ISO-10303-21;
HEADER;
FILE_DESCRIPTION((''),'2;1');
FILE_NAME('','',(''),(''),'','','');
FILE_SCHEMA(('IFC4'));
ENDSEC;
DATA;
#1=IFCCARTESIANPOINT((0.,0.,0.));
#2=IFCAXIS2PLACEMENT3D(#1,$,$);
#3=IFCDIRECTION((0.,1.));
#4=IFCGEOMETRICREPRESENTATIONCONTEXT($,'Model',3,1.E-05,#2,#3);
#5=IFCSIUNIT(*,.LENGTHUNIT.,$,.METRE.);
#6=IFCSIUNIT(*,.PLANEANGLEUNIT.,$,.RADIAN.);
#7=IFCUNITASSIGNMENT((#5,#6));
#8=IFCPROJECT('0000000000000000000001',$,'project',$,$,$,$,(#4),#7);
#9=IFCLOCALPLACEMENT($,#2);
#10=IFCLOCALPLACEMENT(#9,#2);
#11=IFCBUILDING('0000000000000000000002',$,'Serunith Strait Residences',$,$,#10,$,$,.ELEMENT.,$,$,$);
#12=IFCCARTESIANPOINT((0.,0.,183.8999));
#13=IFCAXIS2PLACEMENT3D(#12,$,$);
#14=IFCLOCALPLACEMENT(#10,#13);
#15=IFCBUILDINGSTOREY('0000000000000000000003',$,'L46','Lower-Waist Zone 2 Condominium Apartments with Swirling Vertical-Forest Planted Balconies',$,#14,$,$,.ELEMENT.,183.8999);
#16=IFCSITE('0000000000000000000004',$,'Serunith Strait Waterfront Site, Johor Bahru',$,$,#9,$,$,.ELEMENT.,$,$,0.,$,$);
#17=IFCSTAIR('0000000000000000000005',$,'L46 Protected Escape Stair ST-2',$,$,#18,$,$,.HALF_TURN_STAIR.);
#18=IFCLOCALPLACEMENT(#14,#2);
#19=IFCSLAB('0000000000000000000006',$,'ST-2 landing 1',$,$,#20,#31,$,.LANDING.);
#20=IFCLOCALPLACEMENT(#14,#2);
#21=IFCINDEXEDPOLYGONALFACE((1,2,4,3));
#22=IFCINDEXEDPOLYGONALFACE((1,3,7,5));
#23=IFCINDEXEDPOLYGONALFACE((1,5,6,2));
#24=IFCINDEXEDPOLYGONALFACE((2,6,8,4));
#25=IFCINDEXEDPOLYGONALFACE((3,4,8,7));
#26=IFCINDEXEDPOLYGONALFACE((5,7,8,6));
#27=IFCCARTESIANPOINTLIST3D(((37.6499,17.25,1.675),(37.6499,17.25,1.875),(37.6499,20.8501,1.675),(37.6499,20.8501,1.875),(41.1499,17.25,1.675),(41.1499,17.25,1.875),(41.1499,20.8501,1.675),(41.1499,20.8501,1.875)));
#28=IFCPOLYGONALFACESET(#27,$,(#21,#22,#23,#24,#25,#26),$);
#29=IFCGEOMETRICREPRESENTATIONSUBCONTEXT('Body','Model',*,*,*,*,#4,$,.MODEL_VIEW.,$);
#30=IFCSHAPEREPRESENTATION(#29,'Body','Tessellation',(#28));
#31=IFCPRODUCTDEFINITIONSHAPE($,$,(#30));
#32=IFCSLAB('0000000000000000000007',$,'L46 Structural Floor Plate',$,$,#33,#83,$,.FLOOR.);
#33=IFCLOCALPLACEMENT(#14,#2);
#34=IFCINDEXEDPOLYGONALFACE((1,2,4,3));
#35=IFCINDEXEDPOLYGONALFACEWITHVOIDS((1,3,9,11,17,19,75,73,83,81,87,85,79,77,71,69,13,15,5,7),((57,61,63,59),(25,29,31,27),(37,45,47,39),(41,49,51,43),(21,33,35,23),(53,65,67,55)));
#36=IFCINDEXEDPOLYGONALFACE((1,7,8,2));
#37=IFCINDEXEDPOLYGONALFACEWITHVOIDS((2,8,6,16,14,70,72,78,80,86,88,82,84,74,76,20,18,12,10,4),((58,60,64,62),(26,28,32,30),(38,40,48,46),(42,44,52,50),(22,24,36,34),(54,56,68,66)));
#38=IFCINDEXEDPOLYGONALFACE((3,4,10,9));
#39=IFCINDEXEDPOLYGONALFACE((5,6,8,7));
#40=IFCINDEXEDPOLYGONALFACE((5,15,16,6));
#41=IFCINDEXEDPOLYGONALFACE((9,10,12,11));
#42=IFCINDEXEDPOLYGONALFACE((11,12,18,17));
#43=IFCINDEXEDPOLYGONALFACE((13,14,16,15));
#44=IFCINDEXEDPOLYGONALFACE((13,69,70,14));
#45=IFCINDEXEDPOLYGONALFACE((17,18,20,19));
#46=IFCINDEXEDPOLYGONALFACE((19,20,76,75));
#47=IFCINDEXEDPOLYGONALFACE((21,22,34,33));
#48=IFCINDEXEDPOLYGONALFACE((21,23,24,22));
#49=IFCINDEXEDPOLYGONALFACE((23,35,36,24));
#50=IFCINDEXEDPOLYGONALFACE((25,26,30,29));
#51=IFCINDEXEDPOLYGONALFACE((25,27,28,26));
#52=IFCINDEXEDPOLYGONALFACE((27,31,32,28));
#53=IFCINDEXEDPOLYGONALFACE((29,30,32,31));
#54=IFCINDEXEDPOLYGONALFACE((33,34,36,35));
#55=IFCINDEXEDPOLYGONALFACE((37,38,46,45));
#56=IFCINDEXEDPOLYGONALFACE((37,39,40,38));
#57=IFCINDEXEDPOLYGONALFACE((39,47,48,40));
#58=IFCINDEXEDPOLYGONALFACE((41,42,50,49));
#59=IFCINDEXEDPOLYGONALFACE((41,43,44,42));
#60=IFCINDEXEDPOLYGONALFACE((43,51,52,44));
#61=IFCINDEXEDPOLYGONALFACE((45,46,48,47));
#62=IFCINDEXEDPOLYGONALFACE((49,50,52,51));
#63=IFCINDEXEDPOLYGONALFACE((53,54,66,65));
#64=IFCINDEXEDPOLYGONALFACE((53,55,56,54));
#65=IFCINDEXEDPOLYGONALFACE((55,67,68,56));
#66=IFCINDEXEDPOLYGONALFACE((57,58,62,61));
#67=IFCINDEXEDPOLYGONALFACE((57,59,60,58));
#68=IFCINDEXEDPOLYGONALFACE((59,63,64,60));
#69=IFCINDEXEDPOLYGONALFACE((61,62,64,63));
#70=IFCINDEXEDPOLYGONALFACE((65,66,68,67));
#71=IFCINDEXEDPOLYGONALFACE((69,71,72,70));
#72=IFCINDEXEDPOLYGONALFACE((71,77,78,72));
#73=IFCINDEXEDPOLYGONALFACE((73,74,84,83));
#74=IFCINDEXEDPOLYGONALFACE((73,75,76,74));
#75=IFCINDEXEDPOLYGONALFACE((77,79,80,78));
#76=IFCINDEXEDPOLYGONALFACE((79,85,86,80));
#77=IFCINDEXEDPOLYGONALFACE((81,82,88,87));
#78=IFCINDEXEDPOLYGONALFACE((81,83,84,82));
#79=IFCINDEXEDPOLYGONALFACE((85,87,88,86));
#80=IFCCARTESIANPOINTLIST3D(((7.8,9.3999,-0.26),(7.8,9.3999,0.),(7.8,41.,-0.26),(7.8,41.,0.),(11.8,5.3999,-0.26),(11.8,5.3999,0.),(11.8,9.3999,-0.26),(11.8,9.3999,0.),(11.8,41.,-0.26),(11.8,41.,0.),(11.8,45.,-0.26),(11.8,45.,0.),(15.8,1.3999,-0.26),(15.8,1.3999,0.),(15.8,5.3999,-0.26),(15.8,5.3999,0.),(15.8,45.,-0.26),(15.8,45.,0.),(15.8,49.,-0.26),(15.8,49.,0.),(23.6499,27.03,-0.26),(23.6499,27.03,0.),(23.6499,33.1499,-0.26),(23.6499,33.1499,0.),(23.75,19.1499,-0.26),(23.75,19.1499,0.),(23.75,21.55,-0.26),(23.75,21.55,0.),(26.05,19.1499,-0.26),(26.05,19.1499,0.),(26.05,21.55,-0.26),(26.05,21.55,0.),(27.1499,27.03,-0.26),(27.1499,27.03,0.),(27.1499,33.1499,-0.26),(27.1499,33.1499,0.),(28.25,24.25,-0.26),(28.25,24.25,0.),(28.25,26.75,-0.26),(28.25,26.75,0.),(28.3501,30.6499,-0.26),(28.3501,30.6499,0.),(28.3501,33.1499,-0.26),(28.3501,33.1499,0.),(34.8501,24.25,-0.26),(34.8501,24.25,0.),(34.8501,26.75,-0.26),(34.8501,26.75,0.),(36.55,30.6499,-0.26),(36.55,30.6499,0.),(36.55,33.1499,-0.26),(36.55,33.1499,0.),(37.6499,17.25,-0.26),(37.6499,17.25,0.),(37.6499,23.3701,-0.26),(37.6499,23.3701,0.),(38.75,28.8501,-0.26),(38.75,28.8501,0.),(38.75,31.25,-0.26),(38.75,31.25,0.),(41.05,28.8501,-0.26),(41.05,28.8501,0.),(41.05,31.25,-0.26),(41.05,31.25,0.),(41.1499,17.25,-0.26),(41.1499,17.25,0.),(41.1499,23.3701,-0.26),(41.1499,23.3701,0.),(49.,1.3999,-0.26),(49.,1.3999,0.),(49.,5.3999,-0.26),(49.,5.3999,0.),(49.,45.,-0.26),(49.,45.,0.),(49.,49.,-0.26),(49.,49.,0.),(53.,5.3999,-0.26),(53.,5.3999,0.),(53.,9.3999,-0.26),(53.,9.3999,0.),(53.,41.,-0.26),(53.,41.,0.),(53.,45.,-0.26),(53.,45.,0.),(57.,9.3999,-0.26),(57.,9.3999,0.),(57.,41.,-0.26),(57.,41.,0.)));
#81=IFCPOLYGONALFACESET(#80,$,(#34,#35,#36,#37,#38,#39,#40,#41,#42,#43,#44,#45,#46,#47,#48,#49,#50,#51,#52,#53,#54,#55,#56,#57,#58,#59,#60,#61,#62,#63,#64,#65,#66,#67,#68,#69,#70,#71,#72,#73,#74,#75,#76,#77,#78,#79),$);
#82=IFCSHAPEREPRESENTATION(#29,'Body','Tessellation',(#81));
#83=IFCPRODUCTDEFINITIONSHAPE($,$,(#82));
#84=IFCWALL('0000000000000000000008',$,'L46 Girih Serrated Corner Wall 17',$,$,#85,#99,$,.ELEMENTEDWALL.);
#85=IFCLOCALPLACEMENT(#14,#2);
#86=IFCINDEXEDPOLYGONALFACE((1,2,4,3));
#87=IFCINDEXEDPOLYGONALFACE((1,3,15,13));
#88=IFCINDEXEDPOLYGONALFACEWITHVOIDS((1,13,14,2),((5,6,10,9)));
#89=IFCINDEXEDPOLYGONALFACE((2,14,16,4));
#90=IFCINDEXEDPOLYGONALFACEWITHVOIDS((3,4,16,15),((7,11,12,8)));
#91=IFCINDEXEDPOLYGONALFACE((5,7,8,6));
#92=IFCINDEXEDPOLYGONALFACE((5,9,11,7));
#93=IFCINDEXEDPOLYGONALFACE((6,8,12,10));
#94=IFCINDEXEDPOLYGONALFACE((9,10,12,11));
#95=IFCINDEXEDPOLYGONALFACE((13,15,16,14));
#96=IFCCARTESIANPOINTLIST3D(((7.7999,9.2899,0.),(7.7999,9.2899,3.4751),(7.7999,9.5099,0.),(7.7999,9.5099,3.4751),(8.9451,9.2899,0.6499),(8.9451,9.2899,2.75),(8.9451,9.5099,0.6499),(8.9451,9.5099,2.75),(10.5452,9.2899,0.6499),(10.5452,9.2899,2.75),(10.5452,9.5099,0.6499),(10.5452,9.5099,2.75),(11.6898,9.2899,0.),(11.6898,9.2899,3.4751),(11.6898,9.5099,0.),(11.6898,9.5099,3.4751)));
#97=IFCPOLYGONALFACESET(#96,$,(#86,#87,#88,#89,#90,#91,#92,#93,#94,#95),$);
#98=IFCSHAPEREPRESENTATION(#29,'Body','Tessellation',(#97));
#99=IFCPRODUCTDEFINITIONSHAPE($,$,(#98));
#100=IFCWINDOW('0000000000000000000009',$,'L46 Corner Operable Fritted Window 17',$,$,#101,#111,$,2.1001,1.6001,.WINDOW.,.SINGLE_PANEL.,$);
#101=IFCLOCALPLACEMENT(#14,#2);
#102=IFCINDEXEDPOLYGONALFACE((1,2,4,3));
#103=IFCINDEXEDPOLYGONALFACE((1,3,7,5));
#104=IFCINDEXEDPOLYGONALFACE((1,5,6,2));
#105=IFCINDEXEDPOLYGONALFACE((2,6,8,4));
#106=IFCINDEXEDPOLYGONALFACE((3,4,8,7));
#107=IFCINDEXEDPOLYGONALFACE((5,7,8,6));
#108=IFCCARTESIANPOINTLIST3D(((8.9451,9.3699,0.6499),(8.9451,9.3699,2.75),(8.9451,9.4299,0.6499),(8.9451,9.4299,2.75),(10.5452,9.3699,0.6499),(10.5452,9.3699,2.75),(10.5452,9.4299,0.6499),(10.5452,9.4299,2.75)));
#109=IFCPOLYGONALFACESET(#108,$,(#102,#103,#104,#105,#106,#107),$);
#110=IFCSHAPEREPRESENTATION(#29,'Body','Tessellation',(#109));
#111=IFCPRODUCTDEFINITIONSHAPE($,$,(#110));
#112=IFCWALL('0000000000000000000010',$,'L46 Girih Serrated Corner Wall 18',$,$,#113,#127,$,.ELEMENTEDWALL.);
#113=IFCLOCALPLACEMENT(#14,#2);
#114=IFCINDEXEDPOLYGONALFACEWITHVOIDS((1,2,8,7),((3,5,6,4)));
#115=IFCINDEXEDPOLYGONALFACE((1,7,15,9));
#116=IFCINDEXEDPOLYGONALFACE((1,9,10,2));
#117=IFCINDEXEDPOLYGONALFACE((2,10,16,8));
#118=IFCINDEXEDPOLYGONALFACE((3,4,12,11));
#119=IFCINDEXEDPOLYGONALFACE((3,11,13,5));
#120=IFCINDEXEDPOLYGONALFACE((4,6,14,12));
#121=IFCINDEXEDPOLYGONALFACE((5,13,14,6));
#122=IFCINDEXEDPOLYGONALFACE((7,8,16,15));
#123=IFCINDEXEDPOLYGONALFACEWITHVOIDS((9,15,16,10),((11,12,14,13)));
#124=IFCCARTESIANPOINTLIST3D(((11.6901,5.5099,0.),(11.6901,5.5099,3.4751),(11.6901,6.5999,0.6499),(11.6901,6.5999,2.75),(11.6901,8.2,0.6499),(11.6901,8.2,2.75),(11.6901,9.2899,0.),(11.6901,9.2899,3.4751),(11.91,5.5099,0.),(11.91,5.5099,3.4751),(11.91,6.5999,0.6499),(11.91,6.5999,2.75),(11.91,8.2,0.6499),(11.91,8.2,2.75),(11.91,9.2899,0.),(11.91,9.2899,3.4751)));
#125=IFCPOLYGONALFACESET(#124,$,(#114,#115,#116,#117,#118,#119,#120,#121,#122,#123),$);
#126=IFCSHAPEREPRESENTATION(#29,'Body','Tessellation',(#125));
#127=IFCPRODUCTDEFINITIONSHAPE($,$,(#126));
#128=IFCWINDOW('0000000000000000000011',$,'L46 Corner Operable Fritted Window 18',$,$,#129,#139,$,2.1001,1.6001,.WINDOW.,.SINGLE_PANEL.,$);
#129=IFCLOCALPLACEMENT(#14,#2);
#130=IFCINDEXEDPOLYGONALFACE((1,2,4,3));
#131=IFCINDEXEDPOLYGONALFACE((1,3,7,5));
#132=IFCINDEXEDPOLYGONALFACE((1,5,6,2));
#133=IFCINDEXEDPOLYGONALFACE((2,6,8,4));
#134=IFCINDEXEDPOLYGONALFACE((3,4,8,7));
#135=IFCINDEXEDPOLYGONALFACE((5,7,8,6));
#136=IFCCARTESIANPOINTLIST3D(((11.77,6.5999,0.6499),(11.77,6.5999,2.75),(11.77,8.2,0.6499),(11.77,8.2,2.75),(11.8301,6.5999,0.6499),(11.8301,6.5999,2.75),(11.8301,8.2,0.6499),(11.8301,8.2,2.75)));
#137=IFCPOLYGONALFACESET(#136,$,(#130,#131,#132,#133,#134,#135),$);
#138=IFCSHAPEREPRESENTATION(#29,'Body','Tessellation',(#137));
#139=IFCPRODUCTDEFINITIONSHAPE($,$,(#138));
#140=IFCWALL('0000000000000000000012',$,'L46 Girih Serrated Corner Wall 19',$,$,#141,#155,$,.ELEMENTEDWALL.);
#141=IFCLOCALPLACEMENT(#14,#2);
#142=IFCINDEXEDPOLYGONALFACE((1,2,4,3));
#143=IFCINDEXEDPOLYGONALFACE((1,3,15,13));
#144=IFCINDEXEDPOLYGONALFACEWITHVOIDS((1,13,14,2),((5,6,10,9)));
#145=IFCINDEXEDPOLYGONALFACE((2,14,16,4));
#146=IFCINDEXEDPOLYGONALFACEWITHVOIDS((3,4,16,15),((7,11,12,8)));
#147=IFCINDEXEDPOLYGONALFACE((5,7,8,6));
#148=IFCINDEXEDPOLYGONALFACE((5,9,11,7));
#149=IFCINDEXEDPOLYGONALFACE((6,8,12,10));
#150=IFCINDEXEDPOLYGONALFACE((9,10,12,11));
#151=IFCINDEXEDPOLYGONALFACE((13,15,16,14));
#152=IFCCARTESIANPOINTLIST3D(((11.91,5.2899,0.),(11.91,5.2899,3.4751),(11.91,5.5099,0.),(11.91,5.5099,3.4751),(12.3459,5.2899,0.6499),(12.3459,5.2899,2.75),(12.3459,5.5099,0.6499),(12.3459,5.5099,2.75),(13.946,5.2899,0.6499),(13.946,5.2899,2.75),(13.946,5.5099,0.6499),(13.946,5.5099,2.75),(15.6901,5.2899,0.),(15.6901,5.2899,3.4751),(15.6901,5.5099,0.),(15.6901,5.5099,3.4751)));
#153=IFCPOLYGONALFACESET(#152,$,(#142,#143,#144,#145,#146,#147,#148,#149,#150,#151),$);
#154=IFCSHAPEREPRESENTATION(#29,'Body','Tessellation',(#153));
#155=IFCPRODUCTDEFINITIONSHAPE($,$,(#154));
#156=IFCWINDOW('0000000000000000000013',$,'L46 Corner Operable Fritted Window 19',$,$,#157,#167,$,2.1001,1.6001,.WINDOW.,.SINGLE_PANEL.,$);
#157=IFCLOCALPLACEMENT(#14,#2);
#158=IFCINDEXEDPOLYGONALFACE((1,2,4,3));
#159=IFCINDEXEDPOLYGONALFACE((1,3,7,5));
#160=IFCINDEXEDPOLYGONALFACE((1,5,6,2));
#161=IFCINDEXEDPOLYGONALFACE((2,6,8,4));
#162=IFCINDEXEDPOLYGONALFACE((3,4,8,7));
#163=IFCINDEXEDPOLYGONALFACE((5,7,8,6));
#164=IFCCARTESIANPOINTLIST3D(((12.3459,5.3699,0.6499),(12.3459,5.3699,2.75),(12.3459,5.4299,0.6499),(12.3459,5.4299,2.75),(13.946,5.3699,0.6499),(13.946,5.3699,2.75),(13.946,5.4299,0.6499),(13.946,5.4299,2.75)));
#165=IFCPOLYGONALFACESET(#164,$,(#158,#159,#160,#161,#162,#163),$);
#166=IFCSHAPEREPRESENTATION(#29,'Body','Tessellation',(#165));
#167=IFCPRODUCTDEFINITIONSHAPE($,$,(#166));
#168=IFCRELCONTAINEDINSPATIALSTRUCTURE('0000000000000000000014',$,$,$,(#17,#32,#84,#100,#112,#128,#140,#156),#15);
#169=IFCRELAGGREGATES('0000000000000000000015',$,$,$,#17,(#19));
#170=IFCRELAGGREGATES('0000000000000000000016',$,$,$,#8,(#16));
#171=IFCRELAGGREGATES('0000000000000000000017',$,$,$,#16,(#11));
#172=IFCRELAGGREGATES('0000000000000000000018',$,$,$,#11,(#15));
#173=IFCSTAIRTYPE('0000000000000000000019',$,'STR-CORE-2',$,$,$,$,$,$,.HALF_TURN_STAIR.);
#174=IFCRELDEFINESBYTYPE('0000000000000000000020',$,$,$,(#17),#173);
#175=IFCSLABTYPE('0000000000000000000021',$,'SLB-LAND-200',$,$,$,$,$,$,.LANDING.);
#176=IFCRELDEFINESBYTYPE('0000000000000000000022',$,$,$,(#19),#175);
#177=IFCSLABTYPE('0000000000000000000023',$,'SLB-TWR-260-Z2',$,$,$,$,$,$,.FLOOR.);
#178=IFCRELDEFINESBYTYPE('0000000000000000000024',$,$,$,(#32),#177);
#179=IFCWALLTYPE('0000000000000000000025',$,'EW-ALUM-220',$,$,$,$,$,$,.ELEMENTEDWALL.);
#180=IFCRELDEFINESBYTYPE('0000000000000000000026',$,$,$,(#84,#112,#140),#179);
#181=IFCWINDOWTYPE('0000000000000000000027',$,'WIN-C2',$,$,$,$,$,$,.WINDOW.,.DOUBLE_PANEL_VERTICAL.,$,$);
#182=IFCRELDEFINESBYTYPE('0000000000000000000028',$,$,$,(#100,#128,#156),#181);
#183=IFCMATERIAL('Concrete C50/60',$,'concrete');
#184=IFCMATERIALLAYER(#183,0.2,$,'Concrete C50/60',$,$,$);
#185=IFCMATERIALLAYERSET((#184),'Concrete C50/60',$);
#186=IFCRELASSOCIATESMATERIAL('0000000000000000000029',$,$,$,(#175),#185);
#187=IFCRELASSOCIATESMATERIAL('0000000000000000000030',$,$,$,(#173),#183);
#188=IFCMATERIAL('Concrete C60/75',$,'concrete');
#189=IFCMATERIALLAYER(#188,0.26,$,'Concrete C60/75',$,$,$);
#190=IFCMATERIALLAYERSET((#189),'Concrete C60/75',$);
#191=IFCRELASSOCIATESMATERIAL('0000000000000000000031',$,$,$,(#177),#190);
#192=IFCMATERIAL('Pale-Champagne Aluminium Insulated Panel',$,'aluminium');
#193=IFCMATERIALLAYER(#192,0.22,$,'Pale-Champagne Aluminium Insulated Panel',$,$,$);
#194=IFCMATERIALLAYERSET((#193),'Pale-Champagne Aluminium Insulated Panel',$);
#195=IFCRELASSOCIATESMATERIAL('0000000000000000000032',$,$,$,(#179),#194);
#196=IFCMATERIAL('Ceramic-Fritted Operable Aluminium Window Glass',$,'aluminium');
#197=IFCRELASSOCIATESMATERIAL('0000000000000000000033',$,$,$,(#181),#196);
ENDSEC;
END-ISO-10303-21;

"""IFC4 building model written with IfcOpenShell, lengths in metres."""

from ifc_helpers import new_model, si_unit, direction, frame, frame_2d, origin, place, context, subcontext, project, spatial, polyline, rectangle, outline, extrude, source, transform, mapped, material, layer, layer_set, type_object, element, fill, aggregate, save


model = new_model("IFC4")

# Units and contexts
model_context = context("Model", 3, precision=1e-05, world=origin(), true_north=direction((0.0, 1.0)))
body_context = subcontext(model_context, "Body", "Model", "MODEL_VIEW")
ifc_project = project(units=[si_unit("LENGTHUNIT", "METRE"), si_unit("PLANEANGLEUNIT", "RADIAN")], contexts=[model_context])

# Site, building, storey
site_placement = place(None, origin())
site = spatial("IfcSite", under=ifc_project, at=site_placement, Name="Serunith Strait Waterfront Site, Johor Bahru", CompositionType="ELEMENT", RefElevation=0.0)
building_placement = place(site_placement, origin())
building = spatial("IfcBuilding", under=site, at=building_placement, Name="Serunith Strait Residences", CompositionType="ELEMENT")
storey_placement = place(building_placement, frame((0.0, 0.0, 183.8999)))
storey = spatial("IfcBuildingStorey", under=building, at=storey_placement, Name="L46", Description="Lower-Waist Zone 2 Condominium Apartments with Swirling Vertical-Forest Planted Balconies", CompositionType="ELEMENT", Elevation=183.8999)

# Shared definitions
ifc_material_1 = material(Name="Concrete C50/60", Category="concrete")

# Stair, slab
ifc_layer_1 = layer(ifc_material_1, 0.2, Name="Concrete C50/60")
ifc_layer_set_1 = layer_set([ifc_layer_1], Name="Concrete C50/60")
slab_type_1 = type_object("IfcSlabType", Name="SLB-LAND-200", PredefinedType="LANDING", material=ifc_layer_set_1)
stair_type_1 = type_object("IfcStairType", Name="STR-CORE-2", PredefinedType="HALF_TURN_STAIR", material=ifc_material_1)
stair_1_placement = place(storey_placement, origin())
stair_1 = element("IfcStair", 1, at=stair_1_placement, inside=storey, type_object=stair_type_1, Name="L46 Protected Escape Stair ST-2", PredefinedType="HALF_TURN_STAIR")
slab_1_placement = place(storey_placement, frame((0.0, 0.0, 1.675)))
slab_1 = element("IfcSlab", 2, at=slab_1_placement, type_object=slab_type_1, Name="ST-2 landing 1", PredefinedType="LANDING", context=body_context, shape_type="SweptSolid", body=[
    extrude(outline(polyline([(37.6499, 20.8501), (37.6499, 17.25), (41.1499, 17.25), (41.1499, 20.8501), (37.6499, 20.8501)])), origin(), (0.0, 0.0, 1.0), 0.2),
])
aggregate(stair_1, [slab_1])

# Slab
ifc_material_2 = material(Name="Concrete C60/75", Category="concrete")
ifc_layer_2 = layer(ifc_material_2, 0.26, Name="Concrete C60/75")
ifc_layer_set_2 = layer_set([ifc_layer_2], Name="Concrete C60/75")
slab_type_2 = type_object("IfcSlabType", Name="SLB-TWR-260-Z2", PredefinedType="FLOOR", material=ifc_layer_set_2)
slab_2_placement = place(storey_placement, frame((0.0, 0.0, -0.26)))
element("IfcSlab", 3, at=slab_2_placement, inside=storey, type_object=slab_type_2, Name="L46 Structural Floor Plate", PredefinedType="FLOOR", context=body_context, shape_type="SweptSolid", body=[
    extrude(outline(polyline([(15.8, 5.3999), (11.8, 5.3999), (11.8, 9.3999), (7.8, 9.3999), (7.8, 41.0), (11.8, 41.0), (11.8, 45.0), (15.8, 45.0), (15.8, 49.0), (49.0, 49.0), (49.0, 45.0), (53.0, 45.0), (53.0, 41.0), (57.0, 41.0), (57.0, 9.3999), (53.0, 9.3999), (53.0, 5.3999), (49.0, 5.3999), (49.0, 1.3999), (15.8, 1.3999), (15.8, 5.3999)]), holes=[polyline([(41.1499, 23.3701), (37.6499, 23.3701), (37.6499, 17.25), (41.1499, 17.25), (41.1499, 23.3701)]), polyline([(38.75, 31.25), (38.75, 28.8501), (41.05, 28.8501), (41.05, 31.25), (38.75, 31.25)]), polyline([(36.55, 33.1499), (28.3501, 33.1499), (28.3501, 30.6499), (36.55, 30.6499), (36.55, 33.1499)]), polyline([(34.8501, 26.75), (28.25, 26.75), (28.25, 24.25), (34.8501, 24.25), (34.8501, 26.75)]), polyline([(23.6499, 33.1499), (23.6499, 27.03), (27.1499, 27.03), (27.1499, 33.1499), (23.6499, 33.1499)]), polyline([(26.05, 21.55), (23.75, 21.55), (23.75, 19.1499), (26.05, 19.1499), (26.05, 21.55)])]), origin(), (0.0, 0.0, 1.0), 0.26),
])

# Walls, openings, windows
ifc_material_3 = material(Name="Pale-Champagne Aluminium Insulated Panel", Category="aluminium")
ifc_layer_3 = layer(ifc_material_3, 0.22, Name="Pale-Champagne Aluminium Insulated Panel")
ifc_layer_set_3 = layer_set([ifc_layer_3], Name="Pale-Champagne Aluminium Insulated Panel")
wall_type_1 = type_object("IfcWallType", Name="EW-ALUM-220", PredefinedType="ELEMENTEDWALL", material=ifc_layer_set_3)
wall_1_placement = place(storey_placement, frame((7.8, 9.3999, 0.0), z_axis=(0.0, 0.0, 1.0), x_axis=(1.0, 0.0, 0.0)))
wall_1 = element("IfcWall", 4, at=wall_1_placement, inside=storey, type_object=wall_type_1, Name="L46 Girih Serrated Corner Wall 17", PredefinedType="ELEMENTEDWALL", context=body_context, shape_type="SweptSolid", body=[
    extrude(rectangle(XDim=3.8899, YDim=0.22, at=frame_2d((1.9448, 0.0))), origin(), (0.0, 0.0, 1.0), 3.4751),
])
opening_1_placement = place(wall_1_placement, frame((1.145, 0.0, 0.6499)))
opening_1 = element("IfcOpeningElement", 5, at=opening_1_placement, cuts=wall_1, PredefinedType="OPENING", context=body_context, shape_type="SweptSolid", body=[
    extrude(rectangle(XDim=1.6001, YDim=2.1001, at=frame_2d((0.8, 1.05))), frame((0.0, 0.1201, 0.0), z_axis=(0.0, -1.0, 0.0), x_axis=(1.0, 0.0, 0.0)), (0.0, 0.0, 1.0), 0.24),
])
ifc_material_4 = material(Name="Ceramic-Fritted Operable Aluminium Window Glass", Category="aluminium")
window_type = type_object("IfcWindowType", Name="WIN-C2", PartitioningType="DOUBLE_PANEL_VERTICAL", PredefinedType="WINDOW", material=ifc_material_4)
shared_shape_1 = source(origin(), body_context, "Body", "SweptSolid", [
    extrude(rectangle(XDim=1.6001, YDim=2.1001, at=frame_2d((0.8, 1.05))), frame((0.0, 0.03, 0.0), z_axis=(0.0, -1.0, 0.0), x_axis=(1.0, 0.0, 0.0)), (0.0, 0.0, 1.0), 0.0601),
])
window_1_placement = place(opening_1_placement, origin())
window_1 = element("IfcWindow", 6, at=window_1_placement, inside=storey, type_object=window_type, Name="L46 Corner Operable Fritted Window 17", OverallHeight=2.1001, OverallWidth=1.6001, PartitioningType="SINGLE_PANEL", PredefinedType="WINDOW", context=body_context, shape_type="MappedRepresentation", body=[
    mapped(shared_shape_1, transform((0.0, 0.0, 0.0), scale=1.0)),
])
fill(opening_1, window_1)
wall_2_placement = place(storey_placement, frame((11.8, 9.29, 0.0), z_axis=(0.0, 0.0, 1.0), x_axis=(0.0, -1.0, 0.0)))
wall_2 = element("IfcWall", 7, at=wall_2_placement, inside=storey, type_object=wall_type_1, Name="L46 Girih Serrated Corner Wall 18", PredefinedType="ELEMENTEDWALL", context=body_context, shape_type="SweptSolid", body=[
    extrude(rectangle(XDim=3.78, YDim=0.22, at=frame_2d((1.8901, 0.0))), origin(), (0.0, 0.0, 1.0), 3.4751),
])
opening_2_placement = place(wall_2_placement, frame((1.0901, 0.0, 0.6499)))
opening_2 = element("IfcOpeningElement", 8, at=opening_2_placement, cuts=wall_2, PredefinedType="OPENING", context=body_context, shape_type="SweptSolid", body=[
    extrude(rectangle(XDim=1.6001, YDim=2.1001, at=frame_2d((0.8, 1.05))), frame((0.0, 0.1201, 0.0), z_axis=(0.0, -1.0, 0.0), x_axis=(1.0, 0.0, 0.0)), (0.0, 0.0, 1.0), 0.24),
])
window_2_placement = place(opening_2_placement, origin())
window_2 = element("IfcWindow", 9, at=window_2_placement, inside=storey, type_object=window_type, Name="L46 Corner Operable Fritted Window 18", OverallHeight=2.1001, OverallWidth=1.6001, PartitioningType="SINGLE_PANEL", PredefinedType="WINDOW", context=body_context, shape_type="MappedRepresentation", body=[
    mapped(shared_shape_1, transform((0.0, 0.0, 0.0), scale=1.0)),
])
fill(opening_2, window_2)
wall_3_placement = place(storey_placement, frame((11.9099, 5.3999, 0.0), z_axis=(0.0, 0.0, 1.0), x_axis=(1.0, 0.0, 0.0)))
wall_3 = element("IfcWall", 10, at=wall_3_placement, inside=storey, type_object=wall_type_1, Name="L46 Girih Serrated Corner Wall 19", PredefinedType="ELEMENTEDWALL", context=body_context, shape_type="SweptSolid", body=[
    extrude(rectangle(XDim=3.78, YDim=0.22, at=frame_2d((1.8901, 0.0))), origin(), (0.0, 0.0, 1.0), 3.4751),
])
opening_3_placement = place(wall_3_placement, frame((0.436, 0.0, 0.6499)))
opening_3 = element("IfcOpeningElement", 11, at=opening_3_placement, cuts=wall_3, PredefinedType="OPENING", context=body_context, shape_type="SweptSolid", body=[
    extrude(rectangle(XDim=1.6001, YDim=2.1001, at=frame_2d((0.8, 1.05))), frame((0.0, 0.1201, 0.0), z_axis=(0.0, -1.0, 0.0), x_axis=(1.0, 0.0, 0.0)), (0.0, 0.0, 1.0), 0.24),
])
window_3_placement = place(opening_3_placement, origin())
window_3 = element("IfcWindow", 12, at=window_3_placement, inside=storey, type_object=window_type, Name="L46 Corner Operable Fritted Window 19", OverallHeight=2.1001, OverallWidth=1.6001, PartitioningType="SINGLE_PANEL", PredefinedType="WINDOW", context=body_context, shape_type="MappedRepresentation", body=[
    mapped(shared_shape_1, transform((0.0, 0.0, 0.0), scale=1.0)),
])
fill(opening_3, window_3)

save(model, "model.ifc")
